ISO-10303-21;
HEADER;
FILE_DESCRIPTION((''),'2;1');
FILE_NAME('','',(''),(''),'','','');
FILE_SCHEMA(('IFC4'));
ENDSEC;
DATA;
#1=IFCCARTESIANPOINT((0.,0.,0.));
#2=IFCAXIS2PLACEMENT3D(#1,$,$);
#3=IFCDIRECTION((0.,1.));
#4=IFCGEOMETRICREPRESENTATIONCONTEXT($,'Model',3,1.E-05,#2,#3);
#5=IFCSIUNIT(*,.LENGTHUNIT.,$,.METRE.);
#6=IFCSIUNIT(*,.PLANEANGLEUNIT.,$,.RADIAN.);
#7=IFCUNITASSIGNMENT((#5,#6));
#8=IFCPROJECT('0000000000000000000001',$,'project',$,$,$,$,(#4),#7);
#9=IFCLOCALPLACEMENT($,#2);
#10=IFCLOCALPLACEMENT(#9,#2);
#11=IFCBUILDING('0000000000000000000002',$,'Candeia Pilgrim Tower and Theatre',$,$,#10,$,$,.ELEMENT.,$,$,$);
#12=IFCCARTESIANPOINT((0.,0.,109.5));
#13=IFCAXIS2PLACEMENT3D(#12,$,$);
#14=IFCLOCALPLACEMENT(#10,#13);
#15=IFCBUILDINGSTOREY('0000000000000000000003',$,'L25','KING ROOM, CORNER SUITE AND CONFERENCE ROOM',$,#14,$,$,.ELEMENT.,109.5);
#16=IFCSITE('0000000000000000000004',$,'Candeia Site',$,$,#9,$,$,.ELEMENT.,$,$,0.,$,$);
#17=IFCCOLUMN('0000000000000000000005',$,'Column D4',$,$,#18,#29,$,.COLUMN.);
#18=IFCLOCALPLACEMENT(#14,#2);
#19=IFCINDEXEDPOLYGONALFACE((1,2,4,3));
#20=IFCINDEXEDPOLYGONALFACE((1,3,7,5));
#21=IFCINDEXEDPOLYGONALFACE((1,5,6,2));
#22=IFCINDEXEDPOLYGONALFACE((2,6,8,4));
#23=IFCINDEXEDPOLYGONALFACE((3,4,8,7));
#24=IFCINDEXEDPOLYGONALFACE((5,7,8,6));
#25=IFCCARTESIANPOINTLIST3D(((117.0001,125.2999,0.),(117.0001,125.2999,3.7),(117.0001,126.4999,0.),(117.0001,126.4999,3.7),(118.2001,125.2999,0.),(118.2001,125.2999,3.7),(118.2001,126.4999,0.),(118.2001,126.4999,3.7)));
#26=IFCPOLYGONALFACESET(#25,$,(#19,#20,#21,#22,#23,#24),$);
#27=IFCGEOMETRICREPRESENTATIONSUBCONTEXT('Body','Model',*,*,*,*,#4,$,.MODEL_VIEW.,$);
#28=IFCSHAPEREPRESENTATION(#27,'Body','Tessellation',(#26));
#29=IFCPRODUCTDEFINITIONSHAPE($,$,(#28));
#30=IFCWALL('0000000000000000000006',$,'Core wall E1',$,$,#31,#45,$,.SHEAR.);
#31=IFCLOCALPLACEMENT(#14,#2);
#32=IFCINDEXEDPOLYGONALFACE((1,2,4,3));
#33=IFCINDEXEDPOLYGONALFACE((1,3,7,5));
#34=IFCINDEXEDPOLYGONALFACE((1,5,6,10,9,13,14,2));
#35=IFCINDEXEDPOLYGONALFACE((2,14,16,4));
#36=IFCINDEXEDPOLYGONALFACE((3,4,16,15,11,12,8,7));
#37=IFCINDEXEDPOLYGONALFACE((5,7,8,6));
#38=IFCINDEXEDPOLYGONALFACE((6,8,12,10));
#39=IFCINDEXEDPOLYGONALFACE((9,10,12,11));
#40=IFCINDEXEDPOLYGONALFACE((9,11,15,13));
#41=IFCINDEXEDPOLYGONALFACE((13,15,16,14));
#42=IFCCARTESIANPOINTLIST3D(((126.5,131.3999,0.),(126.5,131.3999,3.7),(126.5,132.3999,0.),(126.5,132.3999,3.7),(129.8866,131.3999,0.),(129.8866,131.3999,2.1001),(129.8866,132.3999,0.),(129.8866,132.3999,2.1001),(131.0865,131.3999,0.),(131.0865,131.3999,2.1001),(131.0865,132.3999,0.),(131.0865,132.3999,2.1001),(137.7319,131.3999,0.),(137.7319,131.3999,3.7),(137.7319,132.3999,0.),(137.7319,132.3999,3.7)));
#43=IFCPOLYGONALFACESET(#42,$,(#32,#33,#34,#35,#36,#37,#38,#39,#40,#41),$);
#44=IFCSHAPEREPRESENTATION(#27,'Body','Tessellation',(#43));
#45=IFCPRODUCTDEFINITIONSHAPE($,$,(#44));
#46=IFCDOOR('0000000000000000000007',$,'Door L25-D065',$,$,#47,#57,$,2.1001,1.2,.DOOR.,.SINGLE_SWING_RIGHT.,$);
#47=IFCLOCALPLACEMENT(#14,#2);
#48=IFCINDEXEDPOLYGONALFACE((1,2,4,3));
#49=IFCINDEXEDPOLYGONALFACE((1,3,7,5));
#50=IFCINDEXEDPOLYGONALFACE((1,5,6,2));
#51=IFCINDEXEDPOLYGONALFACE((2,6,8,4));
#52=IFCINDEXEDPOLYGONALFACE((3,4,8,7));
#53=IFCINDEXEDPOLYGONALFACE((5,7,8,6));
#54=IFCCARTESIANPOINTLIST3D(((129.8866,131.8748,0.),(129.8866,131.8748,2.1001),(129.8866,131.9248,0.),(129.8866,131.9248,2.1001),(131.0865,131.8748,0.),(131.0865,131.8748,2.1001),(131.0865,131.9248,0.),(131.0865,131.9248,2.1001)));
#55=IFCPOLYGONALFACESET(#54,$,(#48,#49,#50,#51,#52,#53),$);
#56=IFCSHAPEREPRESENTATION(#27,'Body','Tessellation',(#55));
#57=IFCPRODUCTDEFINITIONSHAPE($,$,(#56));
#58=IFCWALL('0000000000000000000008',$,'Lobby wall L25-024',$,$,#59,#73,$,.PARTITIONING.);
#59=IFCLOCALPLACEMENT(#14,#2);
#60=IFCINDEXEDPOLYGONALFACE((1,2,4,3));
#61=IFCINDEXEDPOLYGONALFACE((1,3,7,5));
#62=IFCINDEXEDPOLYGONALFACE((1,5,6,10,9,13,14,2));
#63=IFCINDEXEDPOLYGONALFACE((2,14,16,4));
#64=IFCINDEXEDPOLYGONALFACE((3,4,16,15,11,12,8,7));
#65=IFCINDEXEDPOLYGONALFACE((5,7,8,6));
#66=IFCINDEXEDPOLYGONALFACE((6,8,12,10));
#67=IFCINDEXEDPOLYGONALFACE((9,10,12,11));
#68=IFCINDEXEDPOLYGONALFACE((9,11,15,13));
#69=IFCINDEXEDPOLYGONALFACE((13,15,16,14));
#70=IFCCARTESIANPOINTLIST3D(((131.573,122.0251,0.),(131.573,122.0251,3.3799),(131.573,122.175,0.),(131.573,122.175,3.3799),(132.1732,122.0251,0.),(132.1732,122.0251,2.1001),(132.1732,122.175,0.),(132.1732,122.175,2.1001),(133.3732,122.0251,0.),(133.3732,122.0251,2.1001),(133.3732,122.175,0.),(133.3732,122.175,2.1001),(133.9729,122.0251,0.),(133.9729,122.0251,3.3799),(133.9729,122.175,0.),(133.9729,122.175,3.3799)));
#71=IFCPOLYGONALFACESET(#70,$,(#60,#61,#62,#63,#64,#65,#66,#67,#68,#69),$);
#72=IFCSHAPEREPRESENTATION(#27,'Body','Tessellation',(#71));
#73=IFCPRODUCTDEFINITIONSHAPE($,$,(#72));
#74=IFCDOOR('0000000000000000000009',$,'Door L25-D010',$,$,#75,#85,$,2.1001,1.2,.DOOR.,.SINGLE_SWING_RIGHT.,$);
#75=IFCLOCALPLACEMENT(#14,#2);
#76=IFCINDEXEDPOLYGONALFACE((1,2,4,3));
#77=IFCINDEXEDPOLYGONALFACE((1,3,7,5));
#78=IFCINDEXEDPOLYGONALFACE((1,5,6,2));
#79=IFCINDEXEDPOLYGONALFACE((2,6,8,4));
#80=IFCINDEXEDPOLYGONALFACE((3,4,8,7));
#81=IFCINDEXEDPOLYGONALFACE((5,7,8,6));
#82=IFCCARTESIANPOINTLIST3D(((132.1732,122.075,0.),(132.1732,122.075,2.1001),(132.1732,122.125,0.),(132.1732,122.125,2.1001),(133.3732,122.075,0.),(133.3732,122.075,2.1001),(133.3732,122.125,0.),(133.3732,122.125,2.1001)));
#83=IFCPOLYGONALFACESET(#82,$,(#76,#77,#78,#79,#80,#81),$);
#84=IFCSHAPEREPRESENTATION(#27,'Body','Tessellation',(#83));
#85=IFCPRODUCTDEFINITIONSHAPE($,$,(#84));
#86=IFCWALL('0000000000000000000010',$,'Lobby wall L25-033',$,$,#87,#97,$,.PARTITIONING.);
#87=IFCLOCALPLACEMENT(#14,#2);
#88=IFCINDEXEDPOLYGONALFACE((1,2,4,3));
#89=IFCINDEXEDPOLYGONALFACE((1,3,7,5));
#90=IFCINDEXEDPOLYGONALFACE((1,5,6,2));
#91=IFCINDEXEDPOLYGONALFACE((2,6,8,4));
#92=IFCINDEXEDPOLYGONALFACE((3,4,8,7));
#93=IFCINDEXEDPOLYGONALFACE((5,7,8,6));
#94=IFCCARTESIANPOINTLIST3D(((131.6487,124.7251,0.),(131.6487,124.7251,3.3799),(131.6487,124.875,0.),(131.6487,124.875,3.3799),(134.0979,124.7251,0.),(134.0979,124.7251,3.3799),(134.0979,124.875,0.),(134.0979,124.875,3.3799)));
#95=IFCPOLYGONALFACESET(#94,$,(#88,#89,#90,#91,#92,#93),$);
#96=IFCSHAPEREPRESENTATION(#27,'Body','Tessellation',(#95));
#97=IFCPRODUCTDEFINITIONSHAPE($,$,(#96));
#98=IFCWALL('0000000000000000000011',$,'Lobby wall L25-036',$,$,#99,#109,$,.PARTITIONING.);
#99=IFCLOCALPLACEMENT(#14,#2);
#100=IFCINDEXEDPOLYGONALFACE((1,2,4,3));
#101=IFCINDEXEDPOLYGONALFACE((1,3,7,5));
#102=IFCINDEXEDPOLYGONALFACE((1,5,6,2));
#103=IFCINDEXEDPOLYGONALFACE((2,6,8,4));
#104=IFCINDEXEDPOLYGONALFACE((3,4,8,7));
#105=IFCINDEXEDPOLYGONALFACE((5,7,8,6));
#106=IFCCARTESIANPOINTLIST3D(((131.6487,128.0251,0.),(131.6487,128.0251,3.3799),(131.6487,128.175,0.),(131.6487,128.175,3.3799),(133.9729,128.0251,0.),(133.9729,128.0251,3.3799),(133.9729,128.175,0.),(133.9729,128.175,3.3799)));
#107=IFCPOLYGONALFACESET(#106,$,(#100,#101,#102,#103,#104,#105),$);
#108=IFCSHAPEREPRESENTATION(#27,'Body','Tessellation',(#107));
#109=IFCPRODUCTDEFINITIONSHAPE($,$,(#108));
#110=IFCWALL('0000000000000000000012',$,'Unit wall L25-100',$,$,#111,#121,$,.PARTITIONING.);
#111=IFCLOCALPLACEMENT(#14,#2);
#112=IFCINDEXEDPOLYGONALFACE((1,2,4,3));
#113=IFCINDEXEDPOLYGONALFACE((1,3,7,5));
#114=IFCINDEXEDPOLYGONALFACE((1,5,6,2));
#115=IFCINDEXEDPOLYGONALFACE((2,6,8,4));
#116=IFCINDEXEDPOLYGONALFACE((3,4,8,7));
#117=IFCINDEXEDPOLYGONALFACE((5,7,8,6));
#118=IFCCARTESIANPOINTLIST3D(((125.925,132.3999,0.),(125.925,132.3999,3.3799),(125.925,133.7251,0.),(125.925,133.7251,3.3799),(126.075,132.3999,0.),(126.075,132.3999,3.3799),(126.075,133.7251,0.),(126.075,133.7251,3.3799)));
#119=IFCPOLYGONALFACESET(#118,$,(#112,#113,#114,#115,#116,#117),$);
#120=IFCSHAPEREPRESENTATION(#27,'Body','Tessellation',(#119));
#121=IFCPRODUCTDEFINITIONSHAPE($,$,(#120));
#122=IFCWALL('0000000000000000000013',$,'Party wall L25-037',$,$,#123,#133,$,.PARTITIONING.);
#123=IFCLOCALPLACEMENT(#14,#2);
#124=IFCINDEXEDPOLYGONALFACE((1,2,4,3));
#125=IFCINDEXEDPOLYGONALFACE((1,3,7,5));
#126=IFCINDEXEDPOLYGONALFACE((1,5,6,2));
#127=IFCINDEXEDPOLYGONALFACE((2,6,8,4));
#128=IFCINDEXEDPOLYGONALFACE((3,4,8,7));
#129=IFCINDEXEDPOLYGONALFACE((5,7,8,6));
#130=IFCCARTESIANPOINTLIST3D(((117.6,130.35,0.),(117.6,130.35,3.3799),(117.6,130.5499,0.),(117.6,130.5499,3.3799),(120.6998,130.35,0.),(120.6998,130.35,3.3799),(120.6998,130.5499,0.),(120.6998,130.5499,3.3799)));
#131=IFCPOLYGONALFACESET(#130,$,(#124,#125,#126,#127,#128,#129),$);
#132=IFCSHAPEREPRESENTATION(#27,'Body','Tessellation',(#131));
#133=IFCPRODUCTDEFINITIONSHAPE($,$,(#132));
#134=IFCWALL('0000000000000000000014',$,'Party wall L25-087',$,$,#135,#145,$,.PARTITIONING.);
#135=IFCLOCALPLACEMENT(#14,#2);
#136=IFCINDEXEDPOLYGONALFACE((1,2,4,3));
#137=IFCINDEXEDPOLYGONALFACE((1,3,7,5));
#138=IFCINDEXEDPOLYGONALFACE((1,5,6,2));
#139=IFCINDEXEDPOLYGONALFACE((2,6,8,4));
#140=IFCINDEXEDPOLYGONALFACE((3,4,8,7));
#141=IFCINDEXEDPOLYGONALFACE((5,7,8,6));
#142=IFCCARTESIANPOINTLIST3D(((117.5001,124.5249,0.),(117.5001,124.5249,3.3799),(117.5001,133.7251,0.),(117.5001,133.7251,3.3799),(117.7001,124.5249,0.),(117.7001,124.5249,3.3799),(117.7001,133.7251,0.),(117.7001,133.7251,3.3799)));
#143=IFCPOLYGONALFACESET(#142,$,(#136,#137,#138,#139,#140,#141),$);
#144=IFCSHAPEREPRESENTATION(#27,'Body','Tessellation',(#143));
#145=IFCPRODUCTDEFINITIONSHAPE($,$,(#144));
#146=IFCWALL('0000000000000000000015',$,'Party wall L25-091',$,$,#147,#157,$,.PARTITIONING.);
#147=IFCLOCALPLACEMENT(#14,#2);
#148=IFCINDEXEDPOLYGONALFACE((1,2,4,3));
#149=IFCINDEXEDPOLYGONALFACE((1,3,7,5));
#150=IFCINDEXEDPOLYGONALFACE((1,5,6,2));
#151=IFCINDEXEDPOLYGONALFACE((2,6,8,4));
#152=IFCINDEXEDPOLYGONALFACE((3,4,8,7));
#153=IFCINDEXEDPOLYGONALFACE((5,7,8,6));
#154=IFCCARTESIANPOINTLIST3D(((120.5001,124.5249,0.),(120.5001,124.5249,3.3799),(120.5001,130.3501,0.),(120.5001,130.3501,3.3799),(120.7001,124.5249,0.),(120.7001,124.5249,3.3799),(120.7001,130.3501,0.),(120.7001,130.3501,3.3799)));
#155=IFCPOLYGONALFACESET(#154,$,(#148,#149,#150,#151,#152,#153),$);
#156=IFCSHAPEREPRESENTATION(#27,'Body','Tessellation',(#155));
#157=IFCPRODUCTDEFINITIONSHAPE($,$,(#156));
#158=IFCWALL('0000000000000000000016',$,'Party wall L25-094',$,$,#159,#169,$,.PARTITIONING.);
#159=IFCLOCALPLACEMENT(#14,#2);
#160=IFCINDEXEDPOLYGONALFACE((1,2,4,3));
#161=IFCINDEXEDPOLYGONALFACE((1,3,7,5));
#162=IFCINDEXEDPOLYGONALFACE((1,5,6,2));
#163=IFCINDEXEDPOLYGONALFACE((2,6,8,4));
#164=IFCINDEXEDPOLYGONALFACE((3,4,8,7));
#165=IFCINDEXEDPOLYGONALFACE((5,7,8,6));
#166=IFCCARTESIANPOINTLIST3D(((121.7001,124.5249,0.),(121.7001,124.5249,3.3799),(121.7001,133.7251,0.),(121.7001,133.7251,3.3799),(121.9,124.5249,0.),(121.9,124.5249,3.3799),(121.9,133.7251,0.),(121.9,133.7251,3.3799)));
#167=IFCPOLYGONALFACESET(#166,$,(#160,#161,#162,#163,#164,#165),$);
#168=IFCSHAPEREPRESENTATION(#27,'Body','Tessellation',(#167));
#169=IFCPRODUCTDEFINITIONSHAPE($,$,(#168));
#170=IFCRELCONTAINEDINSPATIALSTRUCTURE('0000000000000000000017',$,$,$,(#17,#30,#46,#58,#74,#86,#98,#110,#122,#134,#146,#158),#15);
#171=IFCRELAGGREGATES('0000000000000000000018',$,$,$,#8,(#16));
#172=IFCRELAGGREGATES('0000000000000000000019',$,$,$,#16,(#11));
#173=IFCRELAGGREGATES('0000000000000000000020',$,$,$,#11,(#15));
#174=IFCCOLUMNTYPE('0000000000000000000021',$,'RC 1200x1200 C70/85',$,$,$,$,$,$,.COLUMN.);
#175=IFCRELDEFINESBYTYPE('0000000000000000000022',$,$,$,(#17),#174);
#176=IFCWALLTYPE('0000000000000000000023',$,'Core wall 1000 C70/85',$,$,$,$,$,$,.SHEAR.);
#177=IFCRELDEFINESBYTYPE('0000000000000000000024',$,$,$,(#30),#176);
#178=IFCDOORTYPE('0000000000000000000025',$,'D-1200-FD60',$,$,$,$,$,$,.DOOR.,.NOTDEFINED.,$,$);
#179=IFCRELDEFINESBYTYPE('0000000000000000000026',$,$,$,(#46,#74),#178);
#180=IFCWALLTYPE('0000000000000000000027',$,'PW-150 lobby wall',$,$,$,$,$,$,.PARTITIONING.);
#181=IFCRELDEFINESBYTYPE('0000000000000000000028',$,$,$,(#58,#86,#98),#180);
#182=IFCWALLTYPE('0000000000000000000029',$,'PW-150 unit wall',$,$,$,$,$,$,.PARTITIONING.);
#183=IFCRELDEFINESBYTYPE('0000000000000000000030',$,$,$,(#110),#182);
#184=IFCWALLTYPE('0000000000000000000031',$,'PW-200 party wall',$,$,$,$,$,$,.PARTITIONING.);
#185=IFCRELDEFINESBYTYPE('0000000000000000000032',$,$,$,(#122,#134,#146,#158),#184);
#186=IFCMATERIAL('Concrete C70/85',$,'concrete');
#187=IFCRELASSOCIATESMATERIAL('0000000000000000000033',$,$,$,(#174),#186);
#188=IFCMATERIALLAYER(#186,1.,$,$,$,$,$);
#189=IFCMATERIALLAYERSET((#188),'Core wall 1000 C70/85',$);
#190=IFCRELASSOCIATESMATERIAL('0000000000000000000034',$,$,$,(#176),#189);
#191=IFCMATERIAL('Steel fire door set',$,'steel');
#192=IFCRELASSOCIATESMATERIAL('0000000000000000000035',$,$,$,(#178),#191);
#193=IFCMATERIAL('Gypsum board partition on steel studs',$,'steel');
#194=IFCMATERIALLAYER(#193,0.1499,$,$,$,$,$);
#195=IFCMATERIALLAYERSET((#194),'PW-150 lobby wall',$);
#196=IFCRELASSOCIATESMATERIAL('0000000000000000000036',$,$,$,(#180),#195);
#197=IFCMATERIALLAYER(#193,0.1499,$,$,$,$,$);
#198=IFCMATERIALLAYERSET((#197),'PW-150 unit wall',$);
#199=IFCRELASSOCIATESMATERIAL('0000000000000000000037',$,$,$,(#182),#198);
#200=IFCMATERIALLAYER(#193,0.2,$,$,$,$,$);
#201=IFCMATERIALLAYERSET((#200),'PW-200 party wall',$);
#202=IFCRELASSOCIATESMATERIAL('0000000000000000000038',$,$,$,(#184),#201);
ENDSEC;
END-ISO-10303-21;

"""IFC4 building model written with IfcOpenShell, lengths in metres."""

from ifc_helpers import new_model, si_unit, direction, frame, frame_2d, origin, origin_2d, place, context, subcontext, project, spatial, rectangle, extrude, material, layer, layer_set, material_profile, profile_set, type_object, element, fill, save


model = new_model("IFC4")

# Units and contexts
model_context = context("Model", 3, precision=1e-05, world=origin(), true_north=direction((0.0, 1.0)))
body_context = subcontext(model_context, "Body", "Model", "MODEL_VIEW")
ifc_project = project(units=[si_unit("LENGTHUNIT", "METRE"), si_unit("PLANEANGLEUNIT", "RADIAN")], contexts=[model_context])

# Site, building, storey
site_placement = place(None, origin())
site = spatial("IfcSite", under=ifc_project, at=site_placement, Name="Candeia Site", CompositionType="ELEMENT", RefElevation=0.0)
building_placement = place(site_placement, origin())
building = spatial("IfcBuilding", under=site, at=building_placement, Name="Candeia Pilgrim Tower and Theatre", CompositionType="ELEMENT")
storey_placement = place(building_placement, frame((0.0, 0.0, 109.5)))
storey = spatial("IfcBuildingStorey", under=building, at=storey_placement, Name="L25", Description="KING ROOM, CORNER SUITE AND CONFERENCE ROOM", CompositionType="ELEMENT", Elevation=109.5)

# Column
ifc_material_1 = material(Name="Concrete C70/85", Category="concrete")
ifc_material_profile = material_profile(ifc_material_1, rectangle(XDim=1.2, YDim=1.2, at=origin_2d()))
ifc_profile_set = profile_set([ifc_material_profile], Name="Concrete C70/85")
column_type = type_object("IfcColumnType", Name="RC 1200x1200 C70/85", PredefinedType="COLUMN", material=ifc_profile_set)
column_placement = place(storey_placement, frame((117.6001, 125.8999, 0.0), z_axis=(0.0, 0.0, 1.0), x_axis=(1.0, 0.0, 0.0)))
element("IfcColumn", 1, at=column_placement, inside=storey, type_object=column_type, Name="Column D4", PredefinedType="COLUMN", context=body_context, shape_type="SweptSolid", body=[
    extrude(rectangle(XDim=1.2, YDim=1.2, at=origin_2d()), origin(), (0.0, 0.0, 1.0), 3.7),
])

# Walls, openings, doors
ifc_layer_1 = layer(ifc_material_1, 1.0)
ifc_layer_set_1 = layer_set([ifc_layer_1], Name="Core wall 1000 C70/85")
wall_type_1 = type_object("IfcWallType", Name="Core wall 1000 C70/85", PredefinedType="SHEAR", material=ifc_layer_set_1)
wall_1_placement = place(storey_placement, frame((126.5, 131.8999, 0.0), z_axis=(0.0, 0.0, 1.0), x_axis=(1.0, 0.0, 0.0)))
wall_1 = element("IfcWall", 2, at=wall_1_placement, inside=storey, type_object=wall_type_1, Name="Core wall E1", PredefinedType="SHEAR", context=body_context, shape_type="SweptSolid", body=[
    extrude(rectangle(XDim=11.2319, YDim=1.0, at=frame_2d((5.616, 0.0))), origin(), (0.0, 0.0, 1.0), 3.7),
])
opening_1_placement = place(wall_1_placement, frame((3.3865, 0.0, 0.0)))
opening_1 = element("IfcOpeningElement", 3, at=opening_1_placement, cuts=wall_1, PredefinedType="OPENING", context=body_context, shape_type="SweptSolid", body=[
    extrude(rectangle(XDim=1.2, YDim=2.1001, at=frame_2d((0.6001, 1.05))), frame((0.0, 0.51, 0.0), z_axis=(0.0, -1.0, 0.0), x_axis=(1.0, 0.0, 0.0)), (0.0, 0.0, 1.0), 1.02),
])
ifc_material_2 = material(Name="Steel fire door set", Category="steel")
door_type_1 = type_object("IfcDoorType", Name="D-1200-FD60", OperationType="NOTDEFINED", PredefinedType="DOOR", material=ifc_material_2)
door_1_placement = place(opening_1_placement, origin())
door_1 = element("IfcDoor", 4, at=door_1_placement, inside=storey, type_object=door_type_1, Name="Door L25-D065", OperationType="SINGLE_SWING_RIGHT", OverallHeight=2.1001, OverallWidth=1.2, PredefinedType="DOOR", context=body_context, shape_type="SweptSolid", body=[
    extrude(rectangle(XDim=1.2, YDim=2.1001, at=frame_2d((0.6001, 1.05))), frame((0.0, 0.0249, 0.0), z_axis=(0.0, -1.0, 0.0), x_axis=(1.0, 0.0, 0.0)), (0.0, 0.0, 1.0), 0.05),
])
fill(opening_1, door_1)
ifc_material_3 = material(Name="Gypsum board partition on steel studs", Category="steel")
ifc_layer_2 = layer(ifc_material_3, 0.1499)
ifc_layer_set_2 = layer_set([ifc_layer_2], Name="PW-150 lobby wall")
wall_type_2 = type_object("IfcWallType", Name="PW-150 lobby wall", PredefinedType="PARTITIONING", material=ifc_layer_set_2)
wall_2_placement = place(storey_placement, frame((131.573, 122.1001, 0.0), z_axis=(0.0, 0.0, 1.0), x_axis=(1.0, 0.0, 0.0)))
wall_2 = element("IfcWall", 5, at=wall_2_placement, inside=storey, type_object=wall_type_2, Name="Lobby wall L25-024", PredefinedType="PARTITIONING", context=body_context, shape_type="SweptSolid", body=[
    extrude(rectangle(XDim=2.3999, YDim=0.1499, at=frame_2d((1.2, 0.0))), origin(), (0.0, 0.0, 1.0), 3.3799),
])
opening_2_placement = place(wall_2_placement, frame((0.6001, 0.0, 0.0)))
opening_2 = element("IfcOpeningElement", 6, at=opening_2_placement, cuts=wall_2, PredefinedType="OPENING", context=body_context, shape_type="SweptSolid", body=[
    extrude(rectangle(XDim=1.2, YDim=2.1001, at=frame_2d((0.6001, 1.05))), frame((0.0, 0.085, 0.0), z_axis=(0.0, -1.0, 0.0), x_axis=(1.0, 0.0, 0.0)), (0.0, 0.0, 1.0), 0.1699),
])
door_2_placement = place(opening_2_placement, origin())
door_2 = element("IfcDoor", 7, at=door_2_placement, inside=storey, type_object=door_type_1, Name="Door L25-D010", OperationType="SINGLE_SWING_RIGHT", OverallHeight=2.1001, OverallWidth=1.2, PredefinedType="DOOR", context=body_context, shape_type="SweptSolid", body=[
    extrude(rectangle(XDim=1.2, YDim=2.1001, at=frame_2d((0.6001, 1.05))), frame((0.0, 0.0249, 0.0), z_axis=(0.0, -1.0, 0.0), x_axis=(1.0, 0.0, 0.0)), (0.0, 0.0, 1.0), 0.05),
])
fill(opening_2, door_2)

# Walls
wall_3_placement = place(storey_placement, frame((131.6487, 124.8, 0.0), z_axis=(0.0, 0.0, 1.0), x_axis=(1.0, 0.0, 0.0)))
element("IfcWall", 8, at=wall_3_placement, inside=storey, type_object=wall_type_2, Name="Lobby wall L25-033", PredefinedType="PARTITIONING", context=body_context, shape_type="SweptSolid", body=[
    extrude(rectangle(XDim=2.4492, YDim=0.1499, at=frame_2d((1.2246, 0.0))), origin(), (0.0, 0.0, 1.0), 3.3799),
])
wall_4_placement = place(storey_placement, frame((131.6487, 128.1001, 0.0), z_axis=(0.0, 0.0, 1.0), x_axis=(1.0, 0.0, 0.0)))
element("IfcWall", 9, at=wall_4_placement, inside=storey, type_object=wall_type_2, Name="Lobby wall L25-036", PredefinedType="PARTITIONING", context=body_context, shape_type="SweptSolid", body=[
    extrude(rectangle(XDim=2.3242, YDim=0.1499, at=frame_2d((1.1621, 0.0))), origin(), (0.0, 0.0, 1.0), 3.3799),
])
ifc_layer_3 = layer(ifc_material_3, 0.1499)
ifc_layer_set_3 = layer_set([ifc_layer_3], Name="PW-150 unit wall")
wall_type_3 = type_object("IfcWallType", Name="PW-150 unit wall", PredefinedType="PARTITIONING", material=ifc_layer_set_3)
wall_5_placement = place(storey_placement, frame((126.0, 132.3999, 0.0), z_axis=(0.0, 0.0, 1.0), x_axis=(0.0, 1.0, 0.0)))
element("IfcWall", 10, at=wall_5_placement, inside=storey, type_object=wall_type_3, Name="Unit wall L25-100", PredefinedType="PARTITIONING", context=body_context, shape_type="SweptSolid", body=[
    extrude(rectangle(XDim=1.3252, YDim=0.1499, at=frame_2d((0.6626, 0.0))), origin(), (0.0, 0.0, 1.0), 3.3799),
])
ifc_layer_4 = layer(ifc_material_3, 0.2)
ifc_layer_set_4 = layer_set([ifc_layer_4], Name="PW-200 party wall")
wall_type_4 = type_object("IfcWallType", Name="PW-200 party wall", PredefinedType="PARTITIONING", material=ifc_layer_set_4)
wall_6_placement = place(storey_placement, frame((117.6001, 130.45, 0.0), z_axis=(0.0, 0.0, 1.0), x_axis=(1.0, 0.0, 0.0)))
element("IfcWall", 11, at=wall_6_placement, inside=storey, type_object=wall_type_4, Name="Party wall L25-037", PredefinedType="PARTITIONING", context=body_context, shape_type="SweptSolid", body=[
    extrude(rectangle(XDim=3.0999, YDim=0.2, at=frame_2d((1.5498, 0.0))), origin(), (0.0, 0.0, 1.0), 3.3799),
])
wall_7_placement = place(storey_placement, frame((117.6001, 124.5249, 0.0), z_axis=(0.0, 0.0, 1.0), x_axis=(0.0, 1.0, 0.0)))
element("IfcWall", 12, at=wall_7_placement, inside=storey, type_object=wall_type_4, Name="Party wall L25-087", PredefinedType="PARTITIONING", context=body_context, shape_type="SweptSolid", body=[
    extrude(rectangle(XDim=9.2002, YDim=0.2, at=frame_2d((4.6001, 0.0))), origin(), (0.0, 0.0, 1.0), 3.3799),
])
wall_8_placement = place(storey_placement, frame((120.6001, 124.5249, 0.0), z_axis=(0.0, 0.0, 1.0), x_axis=(0.0, 1.0, 0.0)))
element("IfcWall", 13, at=wall_8_placement, inside=storey, type_object=wall_type_4, Name="Party wall L25-091", PredefinedType="PARTITIONING", context=body_context, shape_type="SweptSolid", body=[
    extrude(rectangle(XDim=5.8252, YDim=0.2, at=frame_2d((2.9126, 0.0))), origin(), (0.0, 0.0, 1.0), 3.3799),
])
wall_9_placement = place(storey_placement, frame((121.8, 124.5249, 0.0), z_axis=(0.0, 0.0, 1.0), x_axis=(0.0, 1.0, 0.0)))
element("IfcWall", 14, at=wall_9_placement, inside=storey, type_object=wall_type_4, Name="Party wall L25-094", PredefinedType="PARTITIONING", context=body_context, shape_type="SweptSolid", body=[
    extrude(rectangle(XDim=9.2002, YDim=0.2, at=frame_2d((4.6001, 0.0))), origin(), (0.0, 0.0, 1.0), 3.3799),
])

save(model, "model.ifc")
